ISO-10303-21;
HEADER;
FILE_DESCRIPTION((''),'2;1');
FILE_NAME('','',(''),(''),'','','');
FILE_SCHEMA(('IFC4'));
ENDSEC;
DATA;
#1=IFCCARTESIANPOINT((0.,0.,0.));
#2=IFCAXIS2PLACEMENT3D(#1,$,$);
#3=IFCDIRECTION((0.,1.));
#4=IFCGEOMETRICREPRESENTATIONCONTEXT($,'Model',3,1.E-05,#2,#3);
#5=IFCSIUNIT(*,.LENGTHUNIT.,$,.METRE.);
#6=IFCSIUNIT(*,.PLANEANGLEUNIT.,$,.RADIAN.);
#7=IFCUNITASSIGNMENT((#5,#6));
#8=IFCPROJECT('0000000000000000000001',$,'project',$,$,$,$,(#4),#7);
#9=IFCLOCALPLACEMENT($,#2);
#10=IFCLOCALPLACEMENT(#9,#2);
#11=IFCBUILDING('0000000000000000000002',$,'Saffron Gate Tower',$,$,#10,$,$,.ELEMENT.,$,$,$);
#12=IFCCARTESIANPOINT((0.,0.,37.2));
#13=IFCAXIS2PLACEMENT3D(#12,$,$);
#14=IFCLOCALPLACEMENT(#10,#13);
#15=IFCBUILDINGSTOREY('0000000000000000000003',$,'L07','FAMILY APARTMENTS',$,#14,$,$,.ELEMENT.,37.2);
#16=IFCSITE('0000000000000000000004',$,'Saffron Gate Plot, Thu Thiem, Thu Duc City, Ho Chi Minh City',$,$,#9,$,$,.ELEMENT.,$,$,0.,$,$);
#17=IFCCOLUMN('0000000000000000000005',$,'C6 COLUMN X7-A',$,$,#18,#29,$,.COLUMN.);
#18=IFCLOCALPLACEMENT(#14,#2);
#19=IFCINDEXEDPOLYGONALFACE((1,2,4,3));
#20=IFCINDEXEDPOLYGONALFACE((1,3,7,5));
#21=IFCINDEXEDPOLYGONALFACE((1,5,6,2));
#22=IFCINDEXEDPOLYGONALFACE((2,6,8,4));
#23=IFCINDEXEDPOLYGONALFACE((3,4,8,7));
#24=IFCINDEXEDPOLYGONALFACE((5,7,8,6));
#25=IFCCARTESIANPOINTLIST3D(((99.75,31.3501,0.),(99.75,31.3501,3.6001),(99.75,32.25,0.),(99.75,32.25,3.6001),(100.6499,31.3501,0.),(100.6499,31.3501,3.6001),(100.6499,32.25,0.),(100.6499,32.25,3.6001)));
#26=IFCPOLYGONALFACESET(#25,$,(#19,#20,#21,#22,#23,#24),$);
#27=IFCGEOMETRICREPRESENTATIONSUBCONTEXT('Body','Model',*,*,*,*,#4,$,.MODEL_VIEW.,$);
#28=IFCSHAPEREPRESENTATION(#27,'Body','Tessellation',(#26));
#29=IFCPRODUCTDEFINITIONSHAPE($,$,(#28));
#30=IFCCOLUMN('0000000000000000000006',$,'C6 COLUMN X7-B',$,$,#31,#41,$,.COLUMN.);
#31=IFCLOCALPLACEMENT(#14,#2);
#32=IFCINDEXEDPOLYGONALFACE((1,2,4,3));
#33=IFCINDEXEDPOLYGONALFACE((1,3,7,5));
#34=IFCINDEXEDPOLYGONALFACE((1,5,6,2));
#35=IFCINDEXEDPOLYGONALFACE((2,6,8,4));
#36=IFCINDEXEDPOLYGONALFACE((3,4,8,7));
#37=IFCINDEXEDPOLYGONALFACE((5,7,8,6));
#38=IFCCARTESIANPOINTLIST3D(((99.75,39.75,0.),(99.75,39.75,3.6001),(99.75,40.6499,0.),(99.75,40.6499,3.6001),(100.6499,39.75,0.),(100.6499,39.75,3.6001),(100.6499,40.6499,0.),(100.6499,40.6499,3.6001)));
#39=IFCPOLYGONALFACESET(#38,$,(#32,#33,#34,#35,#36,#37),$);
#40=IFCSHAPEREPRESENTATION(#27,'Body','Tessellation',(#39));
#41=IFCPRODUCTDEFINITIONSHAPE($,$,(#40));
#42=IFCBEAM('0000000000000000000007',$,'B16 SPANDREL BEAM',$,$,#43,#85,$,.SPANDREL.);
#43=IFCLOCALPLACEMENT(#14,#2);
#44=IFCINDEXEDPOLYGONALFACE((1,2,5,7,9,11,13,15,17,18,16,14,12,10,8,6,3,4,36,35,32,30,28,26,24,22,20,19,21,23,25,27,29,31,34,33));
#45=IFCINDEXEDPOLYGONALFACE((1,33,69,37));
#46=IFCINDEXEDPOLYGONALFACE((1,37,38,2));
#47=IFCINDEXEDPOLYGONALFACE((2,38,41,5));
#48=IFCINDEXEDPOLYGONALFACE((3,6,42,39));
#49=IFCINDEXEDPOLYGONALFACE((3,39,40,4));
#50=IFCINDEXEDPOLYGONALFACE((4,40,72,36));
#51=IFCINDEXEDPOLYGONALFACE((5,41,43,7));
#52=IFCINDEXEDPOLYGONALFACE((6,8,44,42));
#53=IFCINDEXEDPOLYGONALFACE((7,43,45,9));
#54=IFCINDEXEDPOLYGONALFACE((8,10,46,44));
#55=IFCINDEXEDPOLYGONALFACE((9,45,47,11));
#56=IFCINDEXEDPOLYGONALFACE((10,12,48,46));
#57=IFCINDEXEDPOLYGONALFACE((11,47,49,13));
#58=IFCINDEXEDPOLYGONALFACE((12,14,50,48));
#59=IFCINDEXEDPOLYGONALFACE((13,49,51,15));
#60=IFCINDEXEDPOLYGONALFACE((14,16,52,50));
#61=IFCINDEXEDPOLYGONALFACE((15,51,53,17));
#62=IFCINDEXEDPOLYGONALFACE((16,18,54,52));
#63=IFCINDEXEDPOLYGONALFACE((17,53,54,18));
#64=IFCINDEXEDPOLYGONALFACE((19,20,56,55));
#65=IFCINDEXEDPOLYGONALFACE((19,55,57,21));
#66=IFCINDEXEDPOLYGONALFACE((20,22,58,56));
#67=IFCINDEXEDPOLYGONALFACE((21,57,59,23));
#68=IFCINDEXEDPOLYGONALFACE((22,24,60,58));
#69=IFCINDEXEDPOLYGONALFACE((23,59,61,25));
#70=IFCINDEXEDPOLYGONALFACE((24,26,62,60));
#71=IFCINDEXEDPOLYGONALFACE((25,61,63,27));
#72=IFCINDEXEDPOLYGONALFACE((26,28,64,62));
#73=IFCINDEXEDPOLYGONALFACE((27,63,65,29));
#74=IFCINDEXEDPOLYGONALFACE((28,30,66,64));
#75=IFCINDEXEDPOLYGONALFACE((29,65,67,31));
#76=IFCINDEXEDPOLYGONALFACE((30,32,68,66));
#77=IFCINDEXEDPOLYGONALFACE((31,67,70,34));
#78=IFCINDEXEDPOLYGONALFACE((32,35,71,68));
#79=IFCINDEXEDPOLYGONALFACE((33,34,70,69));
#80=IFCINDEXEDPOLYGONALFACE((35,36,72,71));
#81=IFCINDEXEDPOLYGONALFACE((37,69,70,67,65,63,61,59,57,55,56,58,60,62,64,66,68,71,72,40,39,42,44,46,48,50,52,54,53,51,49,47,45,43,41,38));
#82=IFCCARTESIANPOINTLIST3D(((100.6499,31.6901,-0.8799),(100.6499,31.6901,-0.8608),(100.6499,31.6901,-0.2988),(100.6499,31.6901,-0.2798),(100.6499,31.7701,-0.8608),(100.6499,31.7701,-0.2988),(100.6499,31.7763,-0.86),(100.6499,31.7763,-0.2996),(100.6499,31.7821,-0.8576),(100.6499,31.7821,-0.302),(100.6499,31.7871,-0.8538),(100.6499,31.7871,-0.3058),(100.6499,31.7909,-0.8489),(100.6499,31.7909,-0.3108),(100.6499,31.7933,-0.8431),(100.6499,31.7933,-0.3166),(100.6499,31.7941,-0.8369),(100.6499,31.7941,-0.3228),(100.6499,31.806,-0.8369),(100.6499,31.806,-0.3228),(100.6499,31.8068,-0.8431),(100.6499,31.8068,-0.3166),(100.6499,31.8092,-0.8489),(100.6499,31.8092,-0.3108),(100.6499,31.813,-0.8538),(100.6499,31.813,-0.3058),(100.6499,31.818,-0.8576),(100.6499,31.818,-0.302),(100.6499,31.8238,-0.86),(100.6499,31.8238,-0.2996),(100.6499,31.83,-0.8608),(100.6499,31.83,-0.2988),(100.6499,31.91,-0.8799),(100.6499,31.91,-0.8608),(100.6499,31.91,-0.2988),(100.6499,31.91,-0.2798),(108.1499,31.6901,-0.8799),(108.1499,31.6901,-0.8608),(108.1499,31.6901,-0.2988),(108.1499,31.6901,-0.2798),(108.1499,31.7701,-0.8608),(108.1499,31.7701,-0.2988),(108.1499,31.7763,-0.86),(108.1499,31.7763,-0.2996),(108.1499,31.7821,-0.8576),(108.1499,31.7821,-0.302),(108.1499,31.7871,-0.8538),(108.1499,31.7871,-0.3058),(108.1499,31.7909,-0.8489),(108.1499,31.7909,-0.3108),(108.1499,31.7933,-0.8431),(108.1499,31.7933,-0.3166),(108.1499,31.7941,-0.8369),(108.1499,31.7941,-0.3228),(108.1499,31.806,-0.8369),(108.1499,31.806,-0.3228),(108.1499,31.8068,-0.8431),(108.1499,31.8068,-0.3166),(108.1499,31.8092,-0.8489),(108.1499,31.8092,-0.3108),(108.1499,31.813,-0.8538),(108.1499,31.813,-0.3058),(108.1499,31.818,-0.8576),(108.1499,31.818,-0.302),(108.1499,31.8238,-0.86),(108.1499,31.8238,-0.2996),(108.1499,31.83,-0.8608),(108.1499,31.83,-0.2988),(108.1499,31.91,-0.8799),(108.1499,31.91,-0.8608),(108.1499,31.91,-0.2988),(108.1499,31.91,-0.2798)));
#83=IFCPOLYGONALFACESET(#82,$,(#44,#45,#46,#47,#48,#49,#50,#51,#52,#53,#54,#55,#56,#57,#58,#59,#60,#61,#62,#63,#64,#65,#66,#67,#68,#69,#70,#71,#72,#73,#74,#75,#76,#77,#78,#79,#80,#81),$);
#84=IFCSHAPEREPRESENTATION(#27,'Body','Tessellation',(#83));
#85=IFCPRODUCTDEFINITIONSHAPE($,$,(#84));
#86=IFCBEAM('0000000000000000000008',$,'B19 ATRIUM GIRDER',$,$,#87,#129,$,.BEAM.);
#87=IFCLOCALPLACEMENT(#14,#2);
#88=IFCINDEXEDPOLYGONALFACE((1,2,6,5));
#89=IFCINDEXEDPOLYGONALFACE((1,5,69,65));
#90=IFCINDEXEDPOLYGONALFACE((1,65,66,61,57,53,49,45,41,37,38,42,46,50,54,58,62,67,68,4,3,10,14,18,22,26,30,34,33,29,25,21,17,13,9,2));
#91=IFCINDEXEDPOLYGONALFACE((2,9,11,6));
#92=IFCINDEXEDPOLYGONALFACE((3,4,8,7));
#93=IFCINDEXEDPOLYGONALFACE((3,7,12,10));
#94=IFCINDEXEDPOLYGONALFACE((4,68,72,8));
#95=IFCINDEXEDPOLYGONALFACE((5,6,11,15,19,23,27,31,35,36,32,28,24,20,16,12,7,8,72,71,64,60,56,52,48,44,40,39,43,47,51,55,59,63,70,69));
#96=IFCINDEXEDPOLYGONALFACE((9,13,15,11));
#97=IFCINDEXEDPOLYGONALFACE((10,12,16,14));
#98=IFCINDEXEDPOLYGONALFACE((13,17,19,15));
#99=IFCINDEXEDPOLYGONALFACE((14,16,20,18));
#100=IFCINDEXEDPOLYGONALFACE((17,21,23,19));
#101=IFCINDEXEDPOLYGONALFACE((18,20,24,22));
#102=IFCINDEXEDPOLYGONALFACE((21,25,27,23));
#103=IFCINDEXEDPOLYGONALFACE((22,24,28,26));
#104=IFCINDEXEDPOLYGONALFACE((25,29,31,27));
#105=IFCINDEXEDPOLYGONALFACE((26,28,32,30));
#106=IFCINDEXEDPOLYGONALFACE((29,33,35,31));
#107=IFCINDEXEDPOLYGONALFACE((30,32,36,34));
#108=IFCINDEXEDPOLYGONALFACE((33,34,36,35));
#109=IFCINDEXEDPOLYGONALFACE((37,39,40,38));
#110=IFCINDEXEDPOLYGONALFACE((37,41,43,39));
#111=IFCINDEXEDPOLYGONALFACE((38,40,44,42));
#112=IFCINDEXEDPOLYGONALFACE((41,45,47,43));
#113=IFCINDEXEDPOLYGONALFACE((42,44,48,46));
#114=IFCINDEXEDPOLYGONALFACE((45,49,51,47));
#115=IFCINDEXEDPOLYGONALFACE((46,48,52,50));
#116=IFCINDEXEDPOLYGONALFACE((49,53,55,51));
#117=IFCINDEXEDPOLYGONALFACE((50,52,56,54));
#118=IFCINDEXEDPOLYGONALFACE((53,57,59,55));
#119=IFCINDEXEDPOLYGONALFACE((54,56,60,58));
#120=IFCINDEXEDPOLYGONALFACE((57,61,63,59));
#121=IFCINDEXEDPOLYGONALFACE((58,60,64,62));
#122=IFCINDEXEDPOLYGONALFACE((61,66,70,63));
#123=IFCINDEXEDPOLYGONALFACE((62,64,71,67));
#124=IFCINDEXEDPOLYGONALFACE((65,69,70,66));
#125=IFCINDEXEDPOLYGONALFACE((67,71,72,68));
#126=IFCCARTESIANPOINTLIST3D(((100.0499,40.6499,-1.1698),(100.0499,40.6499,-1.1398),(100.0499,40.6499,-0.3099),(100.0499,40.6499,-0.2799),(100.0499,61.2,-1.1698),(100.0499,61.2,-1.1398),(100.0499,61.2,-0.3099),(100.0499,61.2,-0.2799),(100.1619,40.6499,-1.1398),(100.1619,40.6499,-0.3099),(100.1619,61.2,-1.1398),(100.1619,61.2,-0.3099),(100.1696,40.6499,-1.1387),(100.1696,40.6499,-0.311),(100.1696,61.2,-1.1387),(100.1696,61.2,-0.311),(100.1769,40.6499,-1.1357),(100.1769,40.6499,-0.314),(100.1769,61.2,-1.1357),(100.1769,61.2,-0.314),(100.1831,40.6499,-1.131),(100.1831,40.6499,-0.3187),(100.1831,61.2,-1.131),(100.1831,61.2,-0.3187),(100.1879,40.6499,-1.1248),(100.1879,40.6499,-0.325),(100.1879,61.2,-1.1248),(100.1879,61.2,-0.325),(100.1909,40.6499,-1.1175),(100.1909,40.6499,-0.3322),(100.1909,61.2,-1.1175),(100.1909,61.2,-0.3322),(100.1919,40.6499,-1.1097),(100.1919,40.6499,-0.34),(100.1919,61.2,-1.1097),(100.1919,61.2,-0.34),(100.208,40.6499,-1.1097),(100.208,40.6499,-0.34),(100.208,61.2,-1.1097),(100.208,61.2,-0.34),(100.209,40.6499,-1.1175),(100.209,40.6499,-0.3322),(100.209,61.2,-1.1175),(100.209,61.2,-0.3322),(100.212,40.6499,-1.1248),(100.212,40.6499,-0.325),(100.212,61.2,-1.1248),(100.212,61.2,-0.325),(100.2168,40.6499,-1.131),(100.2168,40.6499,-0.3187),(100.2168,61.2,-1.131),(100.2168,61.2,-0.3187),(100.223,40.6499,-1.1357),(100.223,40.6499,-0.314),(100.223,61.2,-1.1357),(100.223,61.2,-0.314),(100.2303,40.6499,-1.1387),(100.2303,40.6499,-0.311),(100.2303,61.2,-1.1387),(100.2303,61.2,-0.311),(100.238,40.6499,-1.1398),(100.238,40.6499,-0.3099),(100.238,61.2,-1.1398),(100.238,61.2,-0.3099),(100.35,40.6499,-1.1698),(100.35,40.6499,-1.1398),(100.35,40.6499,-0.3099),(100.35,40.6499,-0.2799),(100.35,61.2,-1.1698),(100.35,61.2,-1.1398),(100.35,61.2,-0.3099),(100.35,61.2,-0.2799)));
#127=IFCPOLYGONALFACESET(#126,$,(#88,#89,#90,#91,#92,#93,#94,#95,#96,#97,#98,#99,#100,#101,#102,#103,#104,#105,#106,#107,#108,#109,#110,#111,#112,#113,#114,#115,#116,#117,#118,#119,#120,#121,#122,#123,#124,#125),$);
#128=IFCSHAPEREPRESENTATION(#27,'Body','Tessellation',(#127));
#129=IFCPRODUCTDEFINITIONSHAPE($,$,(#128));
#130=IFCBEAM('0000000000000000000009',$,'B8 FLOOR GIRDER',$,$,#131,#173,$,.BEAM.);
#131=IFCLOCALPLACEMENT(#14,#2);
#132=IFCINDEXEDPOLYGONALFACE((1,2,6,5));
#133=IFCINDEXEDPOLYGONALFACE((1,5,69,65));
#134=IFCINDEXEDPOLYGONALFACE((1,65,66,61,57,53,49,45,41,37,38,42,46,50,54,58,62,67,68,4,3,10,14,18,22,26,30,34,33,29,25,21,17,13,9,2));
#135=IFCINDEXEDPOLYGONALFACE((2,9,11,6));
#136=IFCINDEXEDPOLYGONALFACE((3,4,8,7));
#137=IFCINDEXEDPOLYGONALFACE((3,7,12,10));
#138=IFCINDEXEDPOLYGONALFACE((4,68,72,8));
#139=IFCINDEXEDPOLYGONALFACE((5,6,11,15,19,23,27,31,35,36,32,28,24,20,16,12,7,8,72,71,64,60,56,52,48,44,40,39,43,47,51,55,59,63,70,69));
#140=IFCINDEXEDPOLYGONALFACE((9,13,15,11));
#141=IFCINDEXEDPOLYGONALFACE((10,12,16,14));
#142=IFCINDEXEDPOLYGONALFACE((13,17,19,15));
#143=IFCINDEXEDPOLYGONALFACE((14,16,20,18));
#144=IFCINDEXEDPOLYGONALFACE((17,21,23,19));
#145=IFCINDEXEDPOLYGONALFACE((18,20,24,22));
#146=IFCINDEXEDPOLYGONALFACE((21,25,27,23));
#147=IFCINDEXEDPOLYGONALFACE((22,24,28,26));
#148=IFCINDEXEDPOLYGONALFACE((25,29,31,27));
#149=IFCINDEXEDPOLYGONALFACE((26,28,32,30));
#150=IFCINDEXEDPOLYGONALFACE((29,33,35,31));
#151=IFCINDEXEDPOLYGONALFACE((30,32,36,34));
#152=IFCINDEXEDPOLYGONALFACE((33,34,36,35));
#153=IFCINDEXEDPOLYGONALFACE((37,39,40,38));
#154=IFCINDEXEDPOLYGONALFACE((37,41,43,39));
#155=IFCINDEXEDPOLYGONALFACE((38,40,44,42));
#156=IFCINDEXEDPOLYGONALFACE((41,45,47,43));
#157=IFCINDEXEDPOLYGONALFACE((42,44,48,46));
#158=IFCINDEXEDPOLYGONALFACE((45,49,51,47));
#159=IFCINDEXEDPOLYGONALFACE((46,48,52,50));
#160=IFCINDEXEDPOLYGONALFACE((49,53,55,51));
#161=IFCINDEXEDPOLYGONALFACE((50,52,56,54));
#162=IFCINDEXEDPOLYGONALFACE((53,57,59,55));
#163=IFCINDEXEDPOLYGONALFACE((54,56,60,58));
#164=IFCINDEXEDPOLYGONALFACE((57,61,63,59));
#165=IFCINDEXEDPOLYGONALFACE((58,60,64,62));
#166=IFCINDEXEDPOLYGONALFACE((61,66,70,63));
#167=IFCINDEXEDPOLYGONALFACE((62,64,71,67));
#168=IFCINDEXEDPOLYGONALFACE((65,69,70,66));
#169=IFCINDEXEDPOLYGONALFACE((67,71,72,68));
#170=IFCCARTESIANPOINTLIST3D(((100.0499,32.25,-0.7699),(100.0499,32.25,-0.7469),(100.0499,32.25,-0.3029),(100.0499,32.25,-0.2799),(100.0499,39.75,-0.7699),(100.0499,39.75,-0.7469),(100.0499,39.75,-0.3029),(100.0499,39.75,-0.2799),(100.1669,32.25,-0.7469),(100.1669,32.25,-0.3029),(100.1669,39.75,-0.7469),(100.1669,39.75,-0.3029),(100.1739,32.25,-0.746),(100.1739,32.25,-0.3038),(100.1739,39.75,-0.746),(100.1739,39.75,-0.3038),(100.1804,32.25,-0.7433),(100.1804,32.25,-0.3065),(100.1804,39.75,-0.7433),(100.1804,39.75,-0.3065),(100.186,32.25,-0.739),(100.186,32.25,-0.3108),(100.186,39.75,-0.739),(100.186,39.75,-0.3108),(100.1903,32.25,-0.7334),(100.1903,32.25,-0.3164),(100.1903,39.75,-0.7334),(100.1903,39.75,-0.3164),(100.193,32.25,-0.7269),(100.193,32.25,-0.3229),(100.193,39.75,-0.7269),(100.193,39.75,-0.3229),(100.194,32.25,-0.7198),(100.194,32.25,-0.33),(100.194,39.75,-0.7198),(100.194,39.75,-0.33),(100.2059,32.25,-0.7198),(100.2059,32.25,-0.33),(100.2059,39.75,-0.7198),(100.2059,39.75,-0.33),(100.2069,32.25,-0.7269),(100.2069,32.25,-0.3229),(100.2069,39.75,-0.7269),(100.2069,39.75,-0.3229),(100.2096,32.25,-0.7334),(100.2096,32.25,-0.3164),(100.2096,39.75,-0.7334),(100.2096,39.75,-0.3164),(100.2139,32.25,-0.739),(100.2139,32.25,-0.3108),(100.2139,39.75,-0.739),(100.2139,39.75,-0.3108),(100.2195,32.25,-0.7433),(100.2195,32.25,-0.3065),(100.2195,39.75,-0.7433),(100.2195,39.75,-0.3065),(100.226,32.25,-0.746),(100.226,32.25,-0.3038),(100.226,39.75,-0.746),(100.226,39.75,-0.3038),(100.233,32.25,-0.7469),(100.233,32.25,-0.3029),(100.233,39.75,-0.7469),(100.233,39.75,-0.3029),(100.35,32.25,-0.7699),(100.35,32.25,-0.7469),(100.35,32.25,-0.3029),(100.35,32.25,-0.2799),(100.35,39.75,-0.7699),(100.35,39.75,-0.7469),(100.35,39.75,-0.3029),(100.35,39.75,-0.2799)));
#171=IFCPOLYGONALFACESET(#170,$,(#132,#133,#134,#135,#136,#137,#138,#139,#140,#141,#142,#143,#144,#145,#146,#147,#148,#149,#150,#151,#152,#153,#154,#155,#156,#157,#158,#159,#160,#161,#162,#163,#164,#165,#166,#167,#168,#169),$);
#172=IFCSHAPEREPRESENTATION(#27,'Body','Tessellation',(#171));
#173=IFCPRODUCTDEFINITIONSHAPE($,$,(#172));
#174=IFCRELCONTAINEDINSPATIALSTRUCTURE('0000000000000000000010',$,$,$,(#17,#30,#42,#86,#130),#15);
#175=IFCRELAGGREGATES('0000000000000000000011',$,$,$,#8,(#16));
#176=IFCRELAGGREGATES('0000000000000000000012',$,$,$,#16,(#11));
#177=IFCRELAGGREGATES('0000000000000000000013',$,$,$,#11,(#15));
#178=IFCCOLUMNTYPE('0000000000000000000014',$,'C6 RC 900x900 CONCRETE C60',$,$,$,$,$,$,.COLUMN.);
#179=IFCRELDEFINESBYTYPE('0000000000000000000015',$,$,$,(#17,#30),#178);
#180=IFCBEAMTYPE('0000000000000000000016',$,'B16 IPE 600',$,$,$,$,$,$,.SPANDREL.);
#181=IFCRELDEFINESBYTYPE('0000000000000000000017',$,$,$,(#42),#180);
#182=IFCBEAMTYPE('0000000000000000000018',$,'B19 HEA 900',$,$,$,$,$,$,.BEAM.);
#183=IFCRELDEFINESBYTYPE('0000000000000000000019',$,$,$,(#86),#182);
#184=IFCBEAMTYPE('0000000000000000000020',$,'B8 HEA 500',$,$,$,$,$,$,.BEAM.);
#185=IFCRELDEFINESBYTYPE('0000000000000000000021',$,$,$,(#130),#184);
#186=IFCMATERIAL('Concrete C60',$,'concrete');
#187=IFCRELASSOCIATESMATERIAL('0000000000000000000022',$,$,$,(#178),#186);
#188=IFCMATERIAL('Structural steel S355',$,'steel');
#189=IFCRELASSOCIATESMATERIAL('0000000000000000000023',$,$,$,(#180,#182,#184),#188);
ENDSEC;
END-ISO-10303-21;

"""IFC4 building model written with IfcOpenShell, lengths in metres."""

from ifc_helpers import new_model, si_unit, direction, frame, origin, origin_2d, place, context, subcontext, project, spatial, rectangle, i_section, extrude, material, material_profile, profile_set, type_object, element, save


model = new_model("IFC4")

# Units and contexts
model_context = context("Model", 3, precision=1e-05, world=origin(), true_north=direction((0.0, 1.0)))
body_context = subcontext(model_context, "Body", "Model", "MODEL_VIEW")
ifc_project = project(units=[si_unit("LENGTHUNIT", "METRE"), si_unit("PLANEANGLEUNIT", "RADIAN")], contexts=[model_context])

# Site, building, storey
site_placement = place(None, origin())
site = spatial("IfcSite", under=ifc_project, at=site_placement, Name="Saffron Gate Plot, Thu Thiem, Thu Duc City, Ho Chi Minh City", CompositionType="ELEMENT", RefElevation=0.0)
building_placement = place(site_placement, origin())
building = spatial("IfcBuilding", under=site, at=building_placement, Name="Saffron Gate Tower", CompositionType="ELEMENT")
storey_placement = place(building_placement, frame((0.0, 0.0, 37.2)))
storey = spatial("IfcBuildingStorey", under=building, at=storey_placement, Name="L07", Description="FAMILY APARTMENTS", CompositionType="ELEMENT", Elevation=37.2)

# Columns
ifc_material_1 = material(Name="Concrete C60", Category="concrete")
ifc_material_profile_1 = material_profile(ifc_material_1, rectangle(XDim=0.8999, YDim=0.8999, at=origin_2d()))
ifc_profile_set_1 = profile_set([ifc_material_profile_1], Name="Concrete C60")
column_type = type_object("IfcColumnType", Name="C6 RC 900x900 CONCRETE C60", PredefinedType="COLUMN", material=ifc_profile_set_1)
for number, where, z_axis, x_axis, name in (
    (1, (100.2, 31.8, 0.0), (0.0, 0.0, 1.0), (1.0, 0.0, 0.0), "C6 COLUMN X7-A"),
    (2, (100.2, 40.2, 0.0), (0.0, 0.0, 1.0), (1.0, 0.0, 0.0), "C6 COLUMN X7-B"),
):
    element("IfcColumn", number, at=place(storey_placement, frame(where, z_axis=z_axis, x_axis=x_axis)), inside=storey, type_object=column_type, Name=name, PredefinedType="COLUMN", context=body_context, shape_type="SweptSolid", body=[
        extrude(rectangle(XDim=0.8999, YDim=0.8999, at=origin_2d()), origin(), (0.0, 0.0, 1.0), 3.6001),
    ])

# Beams
ifc_material_2 = material(Name="Structural steel S355", Category="steel")
ifc_material_profile_2 = material_profile(ifc_material_2, i_section(OverallWidth=0.22, OverallDepth=0.6001, WebThickness=0.012, FlangeThickness=0.019, FilletRadius=0.0239, at=origin_2d()))
ifc_profile_set_2 = profile_set([ifc_material_profile_2], Name="Structural steel S355")
beam_type_1 = type_object("IfcBeamType", Name="B16 IPE 600", PredefinedType="SPANDREL", material=ifc_profile_set_2)
beam_1_placement = place(storey_placement, frame((100.6499, 31.8, -0.5798), z_axis=(1.0, 0.0, 0.0), x_axis=(0.0, 1.0, 0.0)))
element("IfcBeam", 3, at=beam_1_placement, inside=storey, type_object=beam_type_1, Name="B16 SPANDREL BEAM", PredefinedType="SPANDREL", context=body_context, shape_type="SweptSolid", body=[
    extrude(i_section(OverallWidth=0.22, OverallDepth=0.6001, WebThickness=0.012, FlangeThickness=0.019, FilletRadius=0.0239, at=origin_2d()), origin(), (0.0, 0.0, 1.0), 7.5),
])
ifc_material_profile_3 = material_profile(ifc_material_2, i_section(OverallWidth=0.3, OverallDepth=0.8899, WebThickness=0.0161, FlangeThickness=0.03, FilletRadius=0.03, at=origin_2d()))
ifc_profile_set_3 = profile_set([ifc_material_profile_3], Name="Structural steel S355")
beam_type_2 = type_object("IfcBeamType", Name="B19 HEA 900", PredefinedType="BEAM", material=ifc_profile_set_3)
beam_2_placement = place(storey_placement, frame((100.2, 40.6499, -0.7249), z_axis=(0.0, 1.0, 0.0), x_axis=(-1.0, 0.0, 0.0)))
element("IfcBeam", 4, at=beam_2_placement, inside=storey, type_object=beam_type_2, Name="B19 ATRIUM GIRDER", PredefinedType="BEAM", context=body_context, shape_type="SweptSolid", body=[
    extrude(i_section(OverallWidth=0.3, OverallDepth=0.8899, WebThickness=0.0161, FlangeThickness=0.03, FilletRadius=0.03, at=origin_2d()), origin(), (0.0, 0.0, 1.0), 20.55),
])
ifc_material_profile_4 = material_profile(ifc_material_2, i_section(OverallWidth=0.3, OverallDepth=0.49, WebThickness=0.012, FlangeThickness=0.0229, FilletRadius=0.0271, at=origin_2d()))
ifc_profile_set_4 = profile_set([ifc_material_profile_4], Name="Structural steel S355")
beam_type_3 = type_object("IfcBeamType", Name="B8 HEA 500", PredefinedType="BEAM", material=ifc_profile_set_4)
beam_3_placement = place(storey_placement, frame((100.2, 32.25, -0.5249), z_axis=(0.0, 1.0, 0.0), x_axis=(-1.0, 0.0, 0.0)))
element("IfcBeam", 5, at=beam_3_placement, inside=storey, type_object=beam_type_3, Name="B8 FLOOR GIRDER", PredefinedType="BEAM", context=body_context, shape_type="SweptSolid", body=[
    extrude(i_section(OverallWidth=0.3, OverallDepth=0.49, WebThickness=0.012, FlangeThickness=0.0229, FilletRadius=0.0271, at=origin_2d()), origin(), (0.0, 0.0, 1.0), 7.5),
])

save(model, "model.ifc")
